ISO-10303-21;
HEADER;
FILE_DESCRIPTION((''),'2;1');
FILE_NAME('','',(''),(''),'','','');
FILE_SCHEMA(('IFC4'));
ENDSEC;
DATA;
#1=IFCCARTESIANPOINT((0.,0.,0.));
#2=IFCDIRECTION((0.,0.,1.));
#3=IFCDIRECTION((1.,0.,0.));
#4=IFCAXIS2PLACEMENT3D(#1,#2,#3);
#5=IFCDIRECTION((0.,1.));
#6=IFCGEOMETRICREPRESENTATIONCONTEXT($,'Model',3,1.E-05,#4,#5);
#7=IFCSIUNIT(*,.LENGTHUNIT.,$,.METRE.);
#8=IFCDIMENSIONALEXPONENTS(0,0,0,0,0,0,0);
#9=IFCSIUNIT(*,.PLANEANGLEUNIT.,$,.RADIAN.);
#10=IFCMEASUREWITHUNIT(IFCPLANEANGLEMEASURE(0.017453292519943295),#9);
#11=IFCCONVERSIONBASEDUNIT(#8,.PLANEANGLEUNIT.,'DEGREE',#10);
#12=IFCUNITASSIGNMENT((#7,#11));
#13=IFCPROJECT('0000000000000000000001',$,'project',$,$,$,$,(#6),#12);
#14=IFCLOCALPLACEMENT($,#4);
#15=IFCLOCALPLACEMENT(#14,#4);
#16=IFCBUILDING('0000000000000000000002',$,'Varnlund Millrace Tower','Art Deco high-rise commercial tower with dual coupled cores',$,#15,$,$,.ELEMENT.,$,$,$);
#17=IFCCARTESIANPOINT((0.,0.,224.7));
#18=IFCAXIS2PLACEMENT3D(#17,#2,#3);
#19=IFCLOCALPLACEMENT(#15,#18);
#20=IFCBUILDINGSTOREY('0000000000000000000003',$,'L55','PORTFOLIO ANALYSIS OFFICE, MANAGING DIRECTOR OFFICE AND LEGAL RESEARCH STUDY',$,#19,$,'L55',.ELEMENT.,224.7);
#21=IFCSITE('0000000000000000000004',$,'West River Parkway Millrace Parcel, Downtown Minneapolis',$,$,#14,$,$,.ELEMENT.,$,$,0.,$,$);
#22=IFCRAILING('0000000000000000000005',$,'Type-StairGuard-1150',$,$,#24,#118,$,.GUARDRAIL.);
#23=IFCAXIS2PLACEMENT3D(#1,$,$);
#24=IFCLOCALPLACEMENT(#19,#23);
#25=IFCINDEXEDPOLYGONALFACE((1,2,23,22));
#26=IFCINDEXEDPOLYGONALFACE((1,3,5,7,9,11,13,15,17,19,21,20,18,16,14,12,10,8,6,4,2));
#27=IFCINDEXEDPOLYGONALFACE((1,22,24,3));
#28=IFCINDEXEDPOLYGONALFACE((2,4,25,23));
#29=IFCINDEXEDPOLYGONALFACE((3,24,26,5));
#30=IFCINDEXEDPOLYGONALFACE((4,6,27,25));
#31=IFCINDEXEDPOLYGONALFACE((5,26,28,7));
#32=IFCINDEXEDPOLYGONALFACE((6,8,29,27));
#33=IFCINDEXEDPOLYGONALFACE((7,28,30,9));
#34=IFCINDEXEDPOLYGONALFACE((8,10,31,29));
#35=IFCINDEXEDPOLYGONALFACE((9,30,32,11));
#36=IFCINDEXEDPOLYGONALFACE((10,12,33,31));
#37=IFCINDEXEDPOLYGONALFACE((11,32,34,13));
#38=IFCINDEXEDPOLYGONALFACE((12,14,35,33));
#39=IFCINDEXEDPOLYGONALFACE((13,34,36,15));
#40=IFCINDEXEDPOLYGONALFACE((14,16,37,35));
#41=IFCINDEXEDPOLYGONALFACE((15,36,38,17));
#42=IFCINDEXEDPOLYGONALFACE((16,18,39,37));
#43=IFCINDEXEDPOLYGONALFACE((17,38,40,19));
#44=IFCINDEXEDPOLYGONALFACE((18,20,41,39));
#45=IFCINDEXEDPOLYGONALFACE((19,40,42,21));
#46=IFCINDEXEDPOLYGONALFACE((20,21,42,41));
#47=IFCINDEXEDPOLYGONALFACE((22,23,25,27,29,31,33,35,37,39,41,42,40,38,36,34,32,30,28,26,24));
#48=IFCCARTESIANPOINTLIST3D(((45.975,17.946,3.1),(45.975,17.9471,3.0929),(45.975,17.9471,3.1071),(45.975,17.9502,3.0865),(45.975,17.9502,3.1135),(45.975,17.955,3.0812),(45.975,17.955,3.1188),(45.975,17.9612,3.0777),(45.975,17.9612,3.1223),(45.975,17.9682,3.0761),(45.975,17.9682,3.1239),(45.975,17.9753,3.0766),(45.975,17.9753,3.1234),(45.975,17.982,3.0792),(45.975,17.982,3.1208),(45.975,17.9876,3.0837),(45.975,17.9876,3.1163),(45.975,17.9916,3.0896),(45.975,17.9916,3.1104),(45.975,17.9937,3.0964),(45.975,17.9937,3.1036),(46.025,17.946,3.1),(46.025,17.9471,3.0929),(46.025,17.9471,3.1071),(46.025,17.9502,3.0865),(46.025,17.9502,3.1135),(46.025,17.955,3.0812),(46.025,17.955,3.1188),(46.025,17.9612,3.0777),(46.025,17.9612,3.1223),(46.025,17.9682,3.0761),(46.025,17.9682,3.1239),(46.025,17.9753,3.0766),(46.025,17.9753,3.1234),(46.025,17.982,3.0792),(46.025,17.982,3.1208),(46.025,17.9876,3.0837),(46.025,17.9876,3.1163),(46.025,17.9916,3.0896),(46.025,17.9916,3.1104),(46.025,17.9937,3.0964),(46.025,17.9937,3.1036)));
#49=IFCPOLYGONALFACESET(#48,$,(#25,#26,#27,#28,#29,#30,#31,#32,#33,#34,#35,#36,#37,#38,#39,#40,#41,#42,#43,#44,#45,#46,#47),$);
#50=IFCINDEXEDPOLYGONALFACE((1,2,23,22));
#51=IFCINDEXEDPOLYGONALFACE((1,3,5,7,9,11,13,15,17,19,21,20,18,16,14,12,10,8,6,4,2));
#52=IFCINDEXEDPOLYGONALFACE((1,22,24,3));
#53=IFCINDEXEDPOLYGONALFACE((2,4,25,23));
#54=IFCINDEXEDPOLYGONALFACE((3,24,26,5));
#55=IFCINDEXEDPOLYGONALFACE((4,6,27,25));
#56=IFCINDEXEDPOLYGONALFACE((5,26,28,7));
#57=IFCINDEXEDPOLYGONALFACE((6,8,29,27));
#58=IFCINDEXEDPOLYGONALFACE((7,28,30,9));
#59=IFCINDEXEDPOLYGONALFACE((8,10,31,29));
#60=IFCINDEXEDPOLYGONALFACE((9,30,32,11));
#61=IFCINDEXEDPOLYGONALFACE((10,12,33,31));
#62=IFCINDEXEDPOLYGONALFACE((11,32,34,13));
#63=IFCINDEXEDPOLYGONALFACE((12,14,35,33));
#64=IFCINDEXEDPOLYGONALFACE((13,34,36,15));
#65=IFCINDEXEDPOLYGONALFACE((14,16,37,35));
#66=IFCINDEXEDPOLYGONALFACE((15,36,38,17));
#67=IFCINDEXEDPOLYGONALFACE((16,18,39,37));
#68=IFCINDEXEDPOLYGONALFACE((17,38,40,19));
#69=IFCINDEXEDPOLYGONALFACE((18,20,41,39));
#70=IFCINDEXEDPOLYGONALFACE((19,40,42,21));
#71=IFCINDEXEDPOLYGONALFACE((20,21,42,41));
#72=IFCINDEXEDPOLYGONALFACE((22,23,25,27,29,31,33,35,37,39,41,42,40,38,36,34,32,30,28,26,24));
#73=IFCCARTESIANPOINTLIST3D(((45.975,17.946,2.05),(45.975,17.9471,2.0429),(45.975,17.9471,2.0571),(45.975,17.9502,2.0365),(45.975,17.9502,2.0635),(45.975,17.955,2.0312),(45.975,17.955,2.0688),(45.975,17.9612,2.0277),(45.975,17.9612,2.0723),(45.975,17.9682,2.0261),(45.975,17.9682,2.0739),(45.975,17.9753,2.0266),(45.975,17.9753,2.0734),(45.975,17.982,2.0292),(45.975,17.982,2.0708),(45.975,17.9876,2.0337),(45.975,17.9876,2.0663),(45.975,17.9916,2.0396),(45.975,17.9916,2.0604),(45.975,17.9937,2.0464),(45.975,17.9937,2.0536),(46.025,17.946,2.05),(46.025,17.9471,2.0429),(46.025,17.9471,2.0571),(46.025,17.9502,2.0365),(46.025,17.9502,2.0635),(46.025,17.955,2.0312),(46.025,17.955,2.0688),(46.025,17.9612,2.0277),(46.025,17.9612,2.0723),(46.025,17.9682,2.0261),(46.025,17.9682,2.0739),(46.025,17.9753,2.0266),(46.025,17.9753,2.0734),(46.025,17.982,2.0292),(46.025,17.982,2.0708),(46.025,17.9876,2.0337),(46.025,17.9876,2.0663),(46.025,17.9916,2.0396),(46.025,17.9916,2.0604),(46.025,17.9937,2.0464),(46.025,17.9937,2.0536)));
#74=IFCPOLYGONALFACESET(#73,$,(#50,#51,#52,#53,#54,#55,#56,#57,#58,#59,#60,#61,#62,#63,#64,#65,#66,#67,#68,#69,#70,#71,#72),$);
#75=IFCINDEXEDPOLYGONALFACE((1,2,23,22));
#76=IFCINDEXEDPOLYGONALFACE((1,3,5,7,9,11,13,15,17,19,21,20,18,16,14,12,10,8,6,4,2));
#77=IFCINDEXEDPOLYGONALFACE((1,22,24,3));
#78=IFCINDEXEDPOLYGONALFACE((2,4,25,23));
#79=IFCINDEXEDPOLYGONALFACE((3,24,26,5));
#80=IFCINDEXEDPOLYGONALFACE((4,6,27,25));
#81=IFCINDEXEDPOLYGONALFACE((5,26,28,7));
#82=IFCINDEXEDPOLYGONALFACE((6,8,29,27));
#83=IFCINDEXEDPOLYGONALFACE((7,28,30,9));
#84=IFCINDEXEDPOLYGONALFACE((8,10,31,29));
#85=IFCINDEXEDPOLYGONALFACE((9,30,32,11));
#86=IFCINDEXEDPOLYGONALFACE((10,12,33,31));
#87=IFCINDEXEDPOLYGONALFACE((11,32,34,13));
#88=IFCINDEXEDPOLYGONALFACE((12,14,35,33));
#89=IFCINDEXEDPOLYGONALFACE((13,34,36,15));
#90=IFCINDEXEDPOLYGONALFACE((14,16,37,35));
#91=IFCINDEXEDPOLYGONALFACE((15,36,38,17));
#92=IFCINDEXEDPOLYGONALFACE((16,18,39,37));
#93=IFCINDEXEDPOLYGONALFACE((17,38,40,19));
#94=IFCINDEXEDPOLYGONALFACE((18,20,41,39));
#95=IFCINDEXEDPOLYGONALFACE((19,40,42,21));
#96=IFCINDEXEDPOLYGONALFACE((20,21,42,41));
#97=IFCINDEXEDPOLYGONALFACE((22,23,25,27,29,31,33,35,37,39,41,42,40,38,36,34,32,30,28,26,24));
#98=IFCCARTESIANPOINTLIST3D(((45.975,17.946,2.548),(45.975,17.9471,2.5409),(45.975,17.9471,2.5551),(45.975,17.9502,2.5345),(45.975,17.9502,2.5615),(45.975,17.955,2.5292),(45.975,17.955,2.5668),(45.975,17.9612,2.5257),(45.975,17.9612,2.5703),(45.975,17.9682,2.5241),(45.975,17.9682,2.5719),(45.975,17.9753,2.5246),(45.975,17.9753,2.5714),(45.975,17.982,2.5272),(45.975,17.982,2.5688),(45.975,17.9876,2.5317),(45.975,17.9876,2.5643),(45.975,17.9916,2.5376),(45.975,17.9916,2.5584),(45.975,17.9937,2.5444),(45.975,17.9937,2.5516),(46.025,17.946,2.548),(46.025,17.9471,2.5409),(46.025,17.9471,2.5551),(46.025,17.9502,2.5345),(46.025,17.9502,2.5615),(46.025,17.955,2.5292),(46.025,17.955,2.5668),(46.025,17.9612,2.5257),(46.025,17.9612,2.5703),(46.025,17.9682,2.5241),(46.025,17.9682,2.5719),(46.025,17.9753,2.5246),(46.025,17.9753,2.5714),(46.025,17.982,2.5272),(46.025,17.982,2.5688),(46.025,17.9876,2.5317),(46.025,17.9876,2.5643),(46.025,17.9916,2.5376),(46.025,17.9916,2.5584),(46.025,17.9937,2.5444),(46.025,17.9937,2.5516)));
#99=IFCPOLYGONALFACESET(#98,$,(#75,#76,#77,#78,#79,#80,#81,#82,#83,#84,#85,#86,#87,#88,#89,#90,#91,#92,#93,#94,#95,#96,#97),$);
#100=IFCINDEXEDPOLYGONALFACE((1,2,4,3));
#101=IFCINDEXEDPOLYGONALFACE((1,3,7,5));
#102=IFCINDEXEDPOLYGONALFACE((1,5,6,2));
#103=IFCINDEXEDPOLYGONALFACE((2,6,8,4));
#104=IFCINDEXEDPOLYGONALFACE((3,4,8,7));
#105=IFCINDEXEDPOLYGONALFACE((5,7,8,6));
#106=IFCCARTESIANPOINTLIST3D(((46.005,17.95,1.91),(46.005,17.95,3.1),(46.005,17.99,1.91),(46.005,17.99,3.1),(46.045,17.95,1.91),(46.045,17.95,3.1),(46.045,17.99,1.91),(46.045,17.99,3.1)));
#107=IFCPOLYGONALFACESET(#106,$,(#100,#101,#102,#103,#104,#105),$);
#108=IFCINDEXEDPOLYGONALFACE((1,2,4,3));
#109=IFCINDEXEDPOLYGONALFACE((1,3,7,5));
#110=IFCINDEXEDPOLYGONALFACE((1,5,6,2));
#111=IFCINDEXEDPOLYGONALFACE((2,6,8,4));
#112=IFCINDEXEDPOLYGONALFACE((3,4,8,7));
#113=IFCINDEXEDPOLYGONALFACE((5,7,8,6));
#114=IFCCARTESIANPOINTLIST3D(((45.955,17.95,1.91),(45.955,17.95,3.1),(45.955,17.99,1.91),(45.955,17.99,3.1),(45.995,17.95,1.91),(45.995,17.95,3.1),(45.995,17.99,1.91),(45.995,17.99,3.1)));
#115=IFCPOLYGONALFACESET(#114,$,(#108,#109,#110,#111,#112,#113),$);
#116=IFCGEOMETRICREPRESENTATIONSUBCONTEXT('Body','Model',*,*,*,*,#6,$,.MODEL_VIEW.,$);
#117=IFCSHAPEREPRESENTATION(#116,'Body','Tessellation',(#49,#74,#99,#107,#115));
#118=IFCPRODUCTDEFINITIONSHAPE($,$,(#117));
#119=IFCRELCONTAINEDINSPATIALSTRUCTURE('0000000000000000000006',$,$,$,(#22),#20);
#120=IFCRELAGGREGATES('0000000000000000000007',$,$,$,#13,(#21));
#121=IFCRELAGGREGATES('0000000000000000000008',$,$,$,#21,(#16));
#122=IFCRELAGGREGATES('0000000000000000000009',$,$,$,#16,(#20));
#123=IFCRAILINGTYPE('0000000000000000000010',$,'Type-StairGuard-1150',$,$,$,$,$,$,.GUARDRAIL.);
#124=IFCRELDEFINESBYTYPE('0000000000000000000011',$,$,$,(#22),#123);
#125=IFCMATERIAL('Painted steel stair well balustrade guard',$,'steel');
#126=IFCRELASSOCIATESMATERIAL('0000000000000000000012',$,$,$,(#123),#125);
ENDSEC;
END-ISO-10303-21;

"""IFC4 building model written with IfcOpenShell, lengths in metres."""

from ifc_helpers import new_model, entity, si_unit, converted_unit, direction, frame, origin_with_axes, origin_2d_with_axis, place, context, subcontext, project, spatial, rectangle, circle, extrude, material, type_object, element, save


model = new_model("IFC4")

# Units and contexts
model_context = context("Model", 3, precision=1e-05, world=origin_with_axes(), true_north=direction((0.0, 1.0)))
body_context = subcontext(model_context, "Body", "Model", "MODEL_VIEW")
ifc_project = project(units=[si_unit("LENGTHUNIT", "METRE"), converted_unit("PLANEANGLEUNIT", "DEGREE", entity("IfcPlaneAngleMeasure", 0.017453292519943295), si_unit("PLANEANGLEUNIT", "RADIAN"), dimensions=[0, 0, 0, 0, 0, 0, 0])], contexts=[model_context])

# Site, building, storey
site_placement = place(None, origin_with_axes())
site = spatial("IfcSite", under=ifc_project, at=site_placement, Name="West River Parkway Millrace Parcel, Downtown Minneapolis", CompositionType="ELEMENT", RefElevation=0.0)
building_placement = place(site_placement, origin_with_axes())
building = spatial("IfcBuilding", under=site, at=building_placement, Name="Varnlund Millrace Tower", Description="Art Deco high-rise commercial tower with dual coupled cores", CompositionType="ELEMENT")
storey_placement = place(building_placement, frame((0.0, 0.0, 224.7), z_axis=(0.0, 0.0, 1.0), x_axis=(1.0, 0.0, 0.0)))
storey = spatial("IfcBuildingStorey", under=building, at=storey_placement, Name="L55", Description="PORTFOLIO ANALYSIS OFFICE, MANAGING DIRECTOR OFFICE AND LEGAL RESEARCH STUDY", LongName="L55", CompositionType="ELEMENT", Elevation=224.7)

# Railing
ifc_material_1 = material(Name="Painted steel stair well balustrade guard", Category="steel")
railing_type_1 = type_object("IfcRailingType", Name="Type-StairGuard-1150", PredefinedType="GUARDRAIL", material=ifc_material_1)
railing_1_placement = place(storey_placement, frame((0.0, 0.0, -224.7), z_axis=(0.0, 0.0, 1.0), x_axis=(1.0, 0.0, 0.0)))
element("IfcRailing", 1, at=railing_1_placement, inside=storey, type_object=railing_type_1, Name="Type-StairGuard-1150", PredefinedType="GUARDRAIL", context=body_context, shape_type="SweptSolid", body=[
    extrude(circle(Radius=0.024, at=origin_2d_with_axis()), frame((46.025, 17.97, 227.8), z_axis=(-1.0, 0.0, 0.0), x_axis=(0.0, -1.0, 0.0)), (0.0, 0.0, 1.0), 0.05),
    extrude(circle(Radius=0.024, at=origin_2d_with_axis()), frame((46.025, 17.97, 226.75), z_axis=(-1.0, 0.0, 0.0), x_axis=(0.0, -1.0, 0.0)), (0.0, 0.0, 1.0), 0.05),
    extrude(circle(Radius=0.024, at=origin_2d_with_axis()), frame((46.025, 17.97, 227.248), z_axis=(-1.0, 0.0, 0.0), x_axis=(0.0, -1.0, 0.0)), (0.0, 0.0, 1.0), 0.05),
    extrude(rectangle(XDim=0.04, YDim=0.04, at=origin_2d_with_axis()), frame((46.025, 17.97, 226.61), z_axis=(0.0, 0.0, 1.0), x_axis=(1.0, 0.0, 0.0)), (0.0, 0.0, 1.0), 1.19),
    extrude(rectangle(XDim=0.04, YDim=0.04, at=origin_2d_with_axis()), frame((45.975, 17.97, 226.61), z_axis=(0.0, 0.0, 1.0), x_axis=(1.0, 0.0, 0.0)), (0.0, 0.0, 1.0), 1.19),
])

save(model, "model.ifc")
